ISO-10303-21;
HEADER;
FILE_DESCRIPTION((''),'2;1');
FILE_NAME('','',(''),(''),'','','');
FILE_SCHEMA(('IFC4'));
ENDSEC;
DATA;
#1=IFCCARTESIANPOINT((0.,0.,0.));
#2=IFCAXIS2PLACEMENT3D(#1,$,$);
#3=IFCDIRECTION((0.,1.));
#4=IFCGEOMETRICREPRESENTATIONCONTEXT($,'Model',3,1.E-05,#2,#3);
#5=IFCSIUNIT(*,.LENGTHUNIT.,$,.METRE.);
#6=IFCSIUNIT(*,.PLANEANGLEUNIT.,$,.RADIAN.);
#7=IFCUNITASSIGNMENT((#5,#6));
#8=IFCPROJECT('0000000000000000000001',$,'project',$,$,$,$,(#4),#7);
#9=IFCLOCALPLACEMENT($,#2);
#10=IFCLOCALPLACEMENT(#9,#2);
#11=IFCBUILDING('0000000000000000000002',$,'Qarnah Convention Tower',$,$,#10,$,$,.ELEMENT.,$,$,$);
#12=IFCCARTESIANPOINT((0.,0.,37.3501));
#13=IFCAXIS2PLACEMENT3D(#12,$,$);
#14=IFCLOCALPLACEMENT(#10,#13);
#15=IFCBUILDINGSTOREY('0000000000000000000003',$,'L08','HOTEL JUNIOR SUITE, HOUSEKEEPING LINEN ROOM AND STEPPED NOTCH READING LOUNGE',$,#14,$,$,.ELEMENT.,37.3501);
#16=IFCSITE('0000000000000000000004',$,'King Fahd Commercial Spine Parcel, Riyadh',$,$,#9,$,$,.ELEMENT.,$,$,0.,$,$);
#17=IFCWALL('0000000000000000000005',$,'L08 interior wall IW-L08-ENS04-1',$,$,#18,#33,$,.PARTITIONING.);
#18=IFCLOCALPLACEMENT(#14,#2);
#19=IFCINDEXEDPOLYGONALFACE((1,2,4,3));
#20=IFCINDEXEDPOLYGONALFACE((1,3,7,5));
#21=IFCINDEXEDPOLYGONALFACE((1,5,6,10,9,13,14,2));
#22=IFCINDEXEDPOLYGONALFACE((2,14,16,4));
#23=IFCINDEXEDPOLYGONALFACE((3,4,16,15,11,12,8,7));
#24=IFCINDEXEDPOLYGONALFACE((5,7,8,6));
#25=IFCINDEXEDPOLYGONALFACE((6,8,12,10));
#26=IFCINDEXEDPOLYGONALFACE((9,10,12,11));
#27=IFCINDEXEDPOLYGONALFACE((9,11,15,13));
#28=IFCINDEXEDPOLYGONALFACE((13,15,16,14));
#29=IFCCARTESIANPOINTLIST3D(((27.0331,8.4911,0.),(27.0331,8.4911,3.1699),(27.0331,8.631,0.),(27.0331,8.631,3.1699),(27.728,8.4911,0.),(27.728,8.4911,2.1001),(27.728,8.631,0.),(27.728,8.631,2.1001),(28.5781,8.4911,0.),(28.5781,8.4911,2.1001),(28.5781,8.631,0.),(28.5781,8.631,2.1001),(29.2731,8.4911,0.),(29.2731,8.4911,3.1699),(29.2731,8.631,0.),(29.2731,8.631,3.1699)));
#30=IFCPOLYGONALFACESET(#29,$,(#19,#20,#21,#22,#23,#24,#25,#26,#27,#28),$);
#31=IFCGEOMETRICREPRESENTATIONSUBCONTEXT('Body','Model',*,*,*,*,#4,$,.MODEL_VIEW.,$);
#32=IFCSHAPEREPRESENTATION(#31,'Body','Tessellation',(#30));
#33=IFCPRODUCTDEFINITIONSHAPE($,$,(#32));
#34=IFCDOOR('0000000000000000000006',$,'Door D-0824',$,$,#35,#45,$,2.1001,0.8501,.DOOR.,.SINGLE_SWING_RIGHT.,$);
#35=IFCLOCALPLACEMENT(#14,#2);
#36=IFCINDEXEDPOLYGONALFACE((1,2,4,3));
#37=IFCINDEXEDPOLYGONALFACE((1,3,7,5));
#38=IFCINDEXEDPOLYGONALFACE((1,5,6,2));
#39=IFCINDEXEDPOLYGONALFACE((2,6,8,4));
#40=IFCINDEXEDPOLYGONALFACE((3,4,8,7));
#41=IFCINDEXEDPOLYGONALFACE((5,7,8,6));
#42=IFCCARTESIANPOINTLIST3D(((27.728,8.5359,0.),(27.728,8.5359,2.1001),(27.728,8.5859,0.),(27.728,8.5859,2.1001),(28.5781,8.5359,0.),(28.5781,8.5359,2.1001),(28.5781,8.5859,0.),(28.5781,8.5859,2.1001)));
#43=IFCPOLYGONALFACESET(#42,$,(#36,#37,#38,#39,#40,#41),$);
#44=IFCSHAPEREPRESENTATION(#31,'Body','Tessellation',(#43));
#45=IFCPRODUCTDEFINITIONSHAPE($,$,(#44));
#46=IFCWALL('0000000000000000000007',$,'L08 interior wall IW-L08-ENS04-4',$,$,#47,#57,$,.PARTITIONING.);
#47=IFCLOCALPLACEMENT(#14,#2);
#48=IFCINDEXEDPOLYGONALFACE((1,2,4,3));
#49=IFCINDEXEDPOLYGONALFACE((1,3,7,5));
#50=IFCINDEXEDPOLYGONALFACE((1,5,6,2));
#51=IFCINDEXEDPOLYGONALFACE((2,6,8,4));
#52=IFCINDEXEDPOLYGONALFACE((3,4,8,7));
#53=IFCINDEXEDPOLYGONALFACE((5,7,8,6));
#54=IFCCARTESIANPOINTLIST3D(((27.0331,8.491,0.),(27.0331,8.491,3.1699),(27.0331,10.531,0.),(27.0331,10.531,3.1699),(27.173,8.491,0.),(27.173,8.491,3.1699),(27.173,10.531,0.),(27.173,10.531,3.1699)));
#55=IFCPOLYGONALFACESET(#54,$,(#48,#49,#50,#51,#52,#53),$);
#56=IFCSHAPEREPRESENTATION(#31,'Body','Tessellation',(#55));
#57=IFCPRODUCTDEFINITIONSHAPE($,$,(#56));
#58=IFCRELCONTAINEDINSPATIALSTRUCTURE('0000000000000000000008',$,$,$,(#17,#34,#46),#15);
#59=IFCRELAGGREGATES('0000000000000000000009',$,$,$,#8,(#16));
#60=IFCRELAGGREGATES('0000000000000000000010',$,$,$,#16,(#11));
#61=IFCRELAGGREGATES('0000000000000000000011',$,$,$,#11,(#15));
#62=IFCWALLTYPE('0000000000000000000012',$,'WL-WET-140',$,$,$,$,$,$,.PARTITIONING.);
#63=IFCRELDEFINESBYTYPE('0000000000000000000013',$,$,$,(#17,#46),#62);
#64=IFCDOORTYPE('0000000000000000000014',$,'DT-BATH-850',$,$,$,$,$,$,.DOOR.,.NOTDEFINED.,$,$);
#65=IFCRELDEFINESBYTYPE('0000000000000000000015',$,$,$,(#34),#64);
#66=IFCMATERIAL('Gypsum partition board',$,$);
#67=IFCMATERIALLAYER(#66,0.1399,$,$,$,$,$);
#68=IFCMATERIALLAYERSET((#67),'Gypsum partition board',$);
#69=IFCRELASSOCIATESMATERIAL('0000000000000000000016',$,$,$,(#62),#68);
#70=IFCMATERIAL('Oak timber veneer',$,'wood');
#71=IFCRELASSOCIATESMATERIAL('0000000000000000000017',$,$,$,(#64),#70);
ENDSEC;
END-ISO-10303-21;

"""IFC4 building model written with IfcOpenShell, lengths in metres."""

from ifc_helpers import new_model, si_unit, direction, frame, frame_2d, origin, place, context, subcontext, project, spatial, rectangle, extrude, material, layer, layer_set, type_object, element, fill, save


model = new_model("IFC4")

# Units and contexts
model_context = context("Model", 3, precision=1e-05, world=origin(), true_north=direction((0.0, 1.0)))
body_context = subcontext(model_context, "Body", "Model", "MODEL_VIEW")
ifc_project = project(units=[si_unit("LENGTHUNIT", "METRE"), si_unit("PLANEANGLEUNIT", "RADIAN")], contexts=[model_context])

# Site, building, storey
site_placement = place(None, origin())
site = spatial("IfcSite", under=ifc_project, at=site_placement, Name="King Fahd Commercial Spine Parcel, Riyadh", CompositionType="ELEMENT", RefElevation=0.0)
building_placement = place(site_placement, origin())
building = spatial("IfcBuilding", under=site, at=building_placement, Name="Qarnah Convention Tower", CompositionType="ELEMENT")
storey_placement = place(building_placement, frame((0.0, 0.0, 37.3501)))
storey = spatial("IfcBuildingStorey", under=building, at=storey_placement, Name="L08", Description="HOTEL JUNIOR SUITE, HOUSEKEEPING LINEN ROOM AND STEPPED NOTCH READING LOUNGE", CompositionType="ELEMENT", Elevation=37.3501)

# Shared definitions
ifc_material_1 = material(Name="Gypsum partition board")

# Wall, opening, door
ifc_material_2 = material(Name="Oak timber veneer", Category="wood")
ifc_layer_1 = layer(ifc_material_1, 0.1399)
ifc_layer_set_1 = layer_set([ifc_layer_1], Name="Gypsum partition board")
wall_type_1 = type_object("IfcWallType", Name="WL-WET-140", PredefinedType="PARTITIONING", material=ifc_layer_set_1)
wall_1_placement = place(storey_placement, frame((27.033, 8.561, 0.0), z_axis=(0.0, 0.0, 1.0), x_axis=(1.0, 0.0, 0.0)))
wall_1 = element("IfcWall", 1, at=wall_1_placement, inside=storey, type_object=wall_type_1, Name="L08 interior wall IW-L08-ENS04-1", PredefinedType="PARTITIONING", context=body_context, shape_type="SweptSolid", body=[
    extrude(rectangle(XDim=2.24, YDim=0.1399, at=frame_2d((1.1201, 0.0))), origin(), (0.0, 0.0, 1.0), 3.1699),
])
opening_1_placement = place(wall_1_placement, frame((0.6951, 0.0, 0.0)))
opening_1 = element("IfcOpeningElement", 2, at=opening_1_placement, cuts=wall_1, PredefinedType="OPENING", context=body_context, shape_type="SweptSolid", body=[
    extrude(rectangle(XDim=0.8501, YDim=2.1001, at=frame_2d((0.425, 1.05))), frame((0.0, 0.0798, 0.0), z_axis=(0.0, -1.0, 0.0), x_axis=(1.0, 0.0, 0.0)), (0.0, 0.0, 1.0), 0.1599),
])
door_type_1 = type_object("IfcDoorType", Name="DT-BATH-850", OperationType="NOTDEFINED", PredefinedType="DOOR", material=ifc_material_2)
door_1_placement = place(opening_1_placement, origin())
door_1 = element("IfcDoor", 3, at=door_1_placement, inside=storey, type_object=door_type_1, Name="Door D-0824", OperationType="SINGLE_SWING_RIGHT", OverallHeight=2.1001, OverallWidth=0.8501, PredefinedType="DOOR", context=body_context, shape_type="SweptSolid", body=[
    extrude(rectangle(XDim=0.8501, YDim=2.1001, at=frame_2d((0.425, 1.05))), frame((0.0, 0.0249, 0.0), z_axis=(0.0, -1.0, 0.0), x_axis=(1.0, 0.0, 0.0)), (0.0, 0.0, 1.0), 0.05),
])
fill(opening_1, door_1)

# Wall
wall_2_placement = place(storey_placement, frame((27.103, 10.531, 0.0), z_axis=(0.0, 0.0, 1.0), x_axis=(0.0, -1.0, 0.0)))
element("IfcWall", 4, at=wall_2_placement, inside=storey, type_object=wall_type_1, Name="L08 interior wall IW-L08-ENS04-4", PredefinedType="PARTITIONING", context=body_context, shape_type="SweptSolid", body=[
    extrude(rectangle(XDim=2.04, YDim=0.1399, at=frame_2d((1.02, 0.0))), origin(), (0.0, 0.0, 1.0), 3.1699),
])

save(model, "model.ifc")
